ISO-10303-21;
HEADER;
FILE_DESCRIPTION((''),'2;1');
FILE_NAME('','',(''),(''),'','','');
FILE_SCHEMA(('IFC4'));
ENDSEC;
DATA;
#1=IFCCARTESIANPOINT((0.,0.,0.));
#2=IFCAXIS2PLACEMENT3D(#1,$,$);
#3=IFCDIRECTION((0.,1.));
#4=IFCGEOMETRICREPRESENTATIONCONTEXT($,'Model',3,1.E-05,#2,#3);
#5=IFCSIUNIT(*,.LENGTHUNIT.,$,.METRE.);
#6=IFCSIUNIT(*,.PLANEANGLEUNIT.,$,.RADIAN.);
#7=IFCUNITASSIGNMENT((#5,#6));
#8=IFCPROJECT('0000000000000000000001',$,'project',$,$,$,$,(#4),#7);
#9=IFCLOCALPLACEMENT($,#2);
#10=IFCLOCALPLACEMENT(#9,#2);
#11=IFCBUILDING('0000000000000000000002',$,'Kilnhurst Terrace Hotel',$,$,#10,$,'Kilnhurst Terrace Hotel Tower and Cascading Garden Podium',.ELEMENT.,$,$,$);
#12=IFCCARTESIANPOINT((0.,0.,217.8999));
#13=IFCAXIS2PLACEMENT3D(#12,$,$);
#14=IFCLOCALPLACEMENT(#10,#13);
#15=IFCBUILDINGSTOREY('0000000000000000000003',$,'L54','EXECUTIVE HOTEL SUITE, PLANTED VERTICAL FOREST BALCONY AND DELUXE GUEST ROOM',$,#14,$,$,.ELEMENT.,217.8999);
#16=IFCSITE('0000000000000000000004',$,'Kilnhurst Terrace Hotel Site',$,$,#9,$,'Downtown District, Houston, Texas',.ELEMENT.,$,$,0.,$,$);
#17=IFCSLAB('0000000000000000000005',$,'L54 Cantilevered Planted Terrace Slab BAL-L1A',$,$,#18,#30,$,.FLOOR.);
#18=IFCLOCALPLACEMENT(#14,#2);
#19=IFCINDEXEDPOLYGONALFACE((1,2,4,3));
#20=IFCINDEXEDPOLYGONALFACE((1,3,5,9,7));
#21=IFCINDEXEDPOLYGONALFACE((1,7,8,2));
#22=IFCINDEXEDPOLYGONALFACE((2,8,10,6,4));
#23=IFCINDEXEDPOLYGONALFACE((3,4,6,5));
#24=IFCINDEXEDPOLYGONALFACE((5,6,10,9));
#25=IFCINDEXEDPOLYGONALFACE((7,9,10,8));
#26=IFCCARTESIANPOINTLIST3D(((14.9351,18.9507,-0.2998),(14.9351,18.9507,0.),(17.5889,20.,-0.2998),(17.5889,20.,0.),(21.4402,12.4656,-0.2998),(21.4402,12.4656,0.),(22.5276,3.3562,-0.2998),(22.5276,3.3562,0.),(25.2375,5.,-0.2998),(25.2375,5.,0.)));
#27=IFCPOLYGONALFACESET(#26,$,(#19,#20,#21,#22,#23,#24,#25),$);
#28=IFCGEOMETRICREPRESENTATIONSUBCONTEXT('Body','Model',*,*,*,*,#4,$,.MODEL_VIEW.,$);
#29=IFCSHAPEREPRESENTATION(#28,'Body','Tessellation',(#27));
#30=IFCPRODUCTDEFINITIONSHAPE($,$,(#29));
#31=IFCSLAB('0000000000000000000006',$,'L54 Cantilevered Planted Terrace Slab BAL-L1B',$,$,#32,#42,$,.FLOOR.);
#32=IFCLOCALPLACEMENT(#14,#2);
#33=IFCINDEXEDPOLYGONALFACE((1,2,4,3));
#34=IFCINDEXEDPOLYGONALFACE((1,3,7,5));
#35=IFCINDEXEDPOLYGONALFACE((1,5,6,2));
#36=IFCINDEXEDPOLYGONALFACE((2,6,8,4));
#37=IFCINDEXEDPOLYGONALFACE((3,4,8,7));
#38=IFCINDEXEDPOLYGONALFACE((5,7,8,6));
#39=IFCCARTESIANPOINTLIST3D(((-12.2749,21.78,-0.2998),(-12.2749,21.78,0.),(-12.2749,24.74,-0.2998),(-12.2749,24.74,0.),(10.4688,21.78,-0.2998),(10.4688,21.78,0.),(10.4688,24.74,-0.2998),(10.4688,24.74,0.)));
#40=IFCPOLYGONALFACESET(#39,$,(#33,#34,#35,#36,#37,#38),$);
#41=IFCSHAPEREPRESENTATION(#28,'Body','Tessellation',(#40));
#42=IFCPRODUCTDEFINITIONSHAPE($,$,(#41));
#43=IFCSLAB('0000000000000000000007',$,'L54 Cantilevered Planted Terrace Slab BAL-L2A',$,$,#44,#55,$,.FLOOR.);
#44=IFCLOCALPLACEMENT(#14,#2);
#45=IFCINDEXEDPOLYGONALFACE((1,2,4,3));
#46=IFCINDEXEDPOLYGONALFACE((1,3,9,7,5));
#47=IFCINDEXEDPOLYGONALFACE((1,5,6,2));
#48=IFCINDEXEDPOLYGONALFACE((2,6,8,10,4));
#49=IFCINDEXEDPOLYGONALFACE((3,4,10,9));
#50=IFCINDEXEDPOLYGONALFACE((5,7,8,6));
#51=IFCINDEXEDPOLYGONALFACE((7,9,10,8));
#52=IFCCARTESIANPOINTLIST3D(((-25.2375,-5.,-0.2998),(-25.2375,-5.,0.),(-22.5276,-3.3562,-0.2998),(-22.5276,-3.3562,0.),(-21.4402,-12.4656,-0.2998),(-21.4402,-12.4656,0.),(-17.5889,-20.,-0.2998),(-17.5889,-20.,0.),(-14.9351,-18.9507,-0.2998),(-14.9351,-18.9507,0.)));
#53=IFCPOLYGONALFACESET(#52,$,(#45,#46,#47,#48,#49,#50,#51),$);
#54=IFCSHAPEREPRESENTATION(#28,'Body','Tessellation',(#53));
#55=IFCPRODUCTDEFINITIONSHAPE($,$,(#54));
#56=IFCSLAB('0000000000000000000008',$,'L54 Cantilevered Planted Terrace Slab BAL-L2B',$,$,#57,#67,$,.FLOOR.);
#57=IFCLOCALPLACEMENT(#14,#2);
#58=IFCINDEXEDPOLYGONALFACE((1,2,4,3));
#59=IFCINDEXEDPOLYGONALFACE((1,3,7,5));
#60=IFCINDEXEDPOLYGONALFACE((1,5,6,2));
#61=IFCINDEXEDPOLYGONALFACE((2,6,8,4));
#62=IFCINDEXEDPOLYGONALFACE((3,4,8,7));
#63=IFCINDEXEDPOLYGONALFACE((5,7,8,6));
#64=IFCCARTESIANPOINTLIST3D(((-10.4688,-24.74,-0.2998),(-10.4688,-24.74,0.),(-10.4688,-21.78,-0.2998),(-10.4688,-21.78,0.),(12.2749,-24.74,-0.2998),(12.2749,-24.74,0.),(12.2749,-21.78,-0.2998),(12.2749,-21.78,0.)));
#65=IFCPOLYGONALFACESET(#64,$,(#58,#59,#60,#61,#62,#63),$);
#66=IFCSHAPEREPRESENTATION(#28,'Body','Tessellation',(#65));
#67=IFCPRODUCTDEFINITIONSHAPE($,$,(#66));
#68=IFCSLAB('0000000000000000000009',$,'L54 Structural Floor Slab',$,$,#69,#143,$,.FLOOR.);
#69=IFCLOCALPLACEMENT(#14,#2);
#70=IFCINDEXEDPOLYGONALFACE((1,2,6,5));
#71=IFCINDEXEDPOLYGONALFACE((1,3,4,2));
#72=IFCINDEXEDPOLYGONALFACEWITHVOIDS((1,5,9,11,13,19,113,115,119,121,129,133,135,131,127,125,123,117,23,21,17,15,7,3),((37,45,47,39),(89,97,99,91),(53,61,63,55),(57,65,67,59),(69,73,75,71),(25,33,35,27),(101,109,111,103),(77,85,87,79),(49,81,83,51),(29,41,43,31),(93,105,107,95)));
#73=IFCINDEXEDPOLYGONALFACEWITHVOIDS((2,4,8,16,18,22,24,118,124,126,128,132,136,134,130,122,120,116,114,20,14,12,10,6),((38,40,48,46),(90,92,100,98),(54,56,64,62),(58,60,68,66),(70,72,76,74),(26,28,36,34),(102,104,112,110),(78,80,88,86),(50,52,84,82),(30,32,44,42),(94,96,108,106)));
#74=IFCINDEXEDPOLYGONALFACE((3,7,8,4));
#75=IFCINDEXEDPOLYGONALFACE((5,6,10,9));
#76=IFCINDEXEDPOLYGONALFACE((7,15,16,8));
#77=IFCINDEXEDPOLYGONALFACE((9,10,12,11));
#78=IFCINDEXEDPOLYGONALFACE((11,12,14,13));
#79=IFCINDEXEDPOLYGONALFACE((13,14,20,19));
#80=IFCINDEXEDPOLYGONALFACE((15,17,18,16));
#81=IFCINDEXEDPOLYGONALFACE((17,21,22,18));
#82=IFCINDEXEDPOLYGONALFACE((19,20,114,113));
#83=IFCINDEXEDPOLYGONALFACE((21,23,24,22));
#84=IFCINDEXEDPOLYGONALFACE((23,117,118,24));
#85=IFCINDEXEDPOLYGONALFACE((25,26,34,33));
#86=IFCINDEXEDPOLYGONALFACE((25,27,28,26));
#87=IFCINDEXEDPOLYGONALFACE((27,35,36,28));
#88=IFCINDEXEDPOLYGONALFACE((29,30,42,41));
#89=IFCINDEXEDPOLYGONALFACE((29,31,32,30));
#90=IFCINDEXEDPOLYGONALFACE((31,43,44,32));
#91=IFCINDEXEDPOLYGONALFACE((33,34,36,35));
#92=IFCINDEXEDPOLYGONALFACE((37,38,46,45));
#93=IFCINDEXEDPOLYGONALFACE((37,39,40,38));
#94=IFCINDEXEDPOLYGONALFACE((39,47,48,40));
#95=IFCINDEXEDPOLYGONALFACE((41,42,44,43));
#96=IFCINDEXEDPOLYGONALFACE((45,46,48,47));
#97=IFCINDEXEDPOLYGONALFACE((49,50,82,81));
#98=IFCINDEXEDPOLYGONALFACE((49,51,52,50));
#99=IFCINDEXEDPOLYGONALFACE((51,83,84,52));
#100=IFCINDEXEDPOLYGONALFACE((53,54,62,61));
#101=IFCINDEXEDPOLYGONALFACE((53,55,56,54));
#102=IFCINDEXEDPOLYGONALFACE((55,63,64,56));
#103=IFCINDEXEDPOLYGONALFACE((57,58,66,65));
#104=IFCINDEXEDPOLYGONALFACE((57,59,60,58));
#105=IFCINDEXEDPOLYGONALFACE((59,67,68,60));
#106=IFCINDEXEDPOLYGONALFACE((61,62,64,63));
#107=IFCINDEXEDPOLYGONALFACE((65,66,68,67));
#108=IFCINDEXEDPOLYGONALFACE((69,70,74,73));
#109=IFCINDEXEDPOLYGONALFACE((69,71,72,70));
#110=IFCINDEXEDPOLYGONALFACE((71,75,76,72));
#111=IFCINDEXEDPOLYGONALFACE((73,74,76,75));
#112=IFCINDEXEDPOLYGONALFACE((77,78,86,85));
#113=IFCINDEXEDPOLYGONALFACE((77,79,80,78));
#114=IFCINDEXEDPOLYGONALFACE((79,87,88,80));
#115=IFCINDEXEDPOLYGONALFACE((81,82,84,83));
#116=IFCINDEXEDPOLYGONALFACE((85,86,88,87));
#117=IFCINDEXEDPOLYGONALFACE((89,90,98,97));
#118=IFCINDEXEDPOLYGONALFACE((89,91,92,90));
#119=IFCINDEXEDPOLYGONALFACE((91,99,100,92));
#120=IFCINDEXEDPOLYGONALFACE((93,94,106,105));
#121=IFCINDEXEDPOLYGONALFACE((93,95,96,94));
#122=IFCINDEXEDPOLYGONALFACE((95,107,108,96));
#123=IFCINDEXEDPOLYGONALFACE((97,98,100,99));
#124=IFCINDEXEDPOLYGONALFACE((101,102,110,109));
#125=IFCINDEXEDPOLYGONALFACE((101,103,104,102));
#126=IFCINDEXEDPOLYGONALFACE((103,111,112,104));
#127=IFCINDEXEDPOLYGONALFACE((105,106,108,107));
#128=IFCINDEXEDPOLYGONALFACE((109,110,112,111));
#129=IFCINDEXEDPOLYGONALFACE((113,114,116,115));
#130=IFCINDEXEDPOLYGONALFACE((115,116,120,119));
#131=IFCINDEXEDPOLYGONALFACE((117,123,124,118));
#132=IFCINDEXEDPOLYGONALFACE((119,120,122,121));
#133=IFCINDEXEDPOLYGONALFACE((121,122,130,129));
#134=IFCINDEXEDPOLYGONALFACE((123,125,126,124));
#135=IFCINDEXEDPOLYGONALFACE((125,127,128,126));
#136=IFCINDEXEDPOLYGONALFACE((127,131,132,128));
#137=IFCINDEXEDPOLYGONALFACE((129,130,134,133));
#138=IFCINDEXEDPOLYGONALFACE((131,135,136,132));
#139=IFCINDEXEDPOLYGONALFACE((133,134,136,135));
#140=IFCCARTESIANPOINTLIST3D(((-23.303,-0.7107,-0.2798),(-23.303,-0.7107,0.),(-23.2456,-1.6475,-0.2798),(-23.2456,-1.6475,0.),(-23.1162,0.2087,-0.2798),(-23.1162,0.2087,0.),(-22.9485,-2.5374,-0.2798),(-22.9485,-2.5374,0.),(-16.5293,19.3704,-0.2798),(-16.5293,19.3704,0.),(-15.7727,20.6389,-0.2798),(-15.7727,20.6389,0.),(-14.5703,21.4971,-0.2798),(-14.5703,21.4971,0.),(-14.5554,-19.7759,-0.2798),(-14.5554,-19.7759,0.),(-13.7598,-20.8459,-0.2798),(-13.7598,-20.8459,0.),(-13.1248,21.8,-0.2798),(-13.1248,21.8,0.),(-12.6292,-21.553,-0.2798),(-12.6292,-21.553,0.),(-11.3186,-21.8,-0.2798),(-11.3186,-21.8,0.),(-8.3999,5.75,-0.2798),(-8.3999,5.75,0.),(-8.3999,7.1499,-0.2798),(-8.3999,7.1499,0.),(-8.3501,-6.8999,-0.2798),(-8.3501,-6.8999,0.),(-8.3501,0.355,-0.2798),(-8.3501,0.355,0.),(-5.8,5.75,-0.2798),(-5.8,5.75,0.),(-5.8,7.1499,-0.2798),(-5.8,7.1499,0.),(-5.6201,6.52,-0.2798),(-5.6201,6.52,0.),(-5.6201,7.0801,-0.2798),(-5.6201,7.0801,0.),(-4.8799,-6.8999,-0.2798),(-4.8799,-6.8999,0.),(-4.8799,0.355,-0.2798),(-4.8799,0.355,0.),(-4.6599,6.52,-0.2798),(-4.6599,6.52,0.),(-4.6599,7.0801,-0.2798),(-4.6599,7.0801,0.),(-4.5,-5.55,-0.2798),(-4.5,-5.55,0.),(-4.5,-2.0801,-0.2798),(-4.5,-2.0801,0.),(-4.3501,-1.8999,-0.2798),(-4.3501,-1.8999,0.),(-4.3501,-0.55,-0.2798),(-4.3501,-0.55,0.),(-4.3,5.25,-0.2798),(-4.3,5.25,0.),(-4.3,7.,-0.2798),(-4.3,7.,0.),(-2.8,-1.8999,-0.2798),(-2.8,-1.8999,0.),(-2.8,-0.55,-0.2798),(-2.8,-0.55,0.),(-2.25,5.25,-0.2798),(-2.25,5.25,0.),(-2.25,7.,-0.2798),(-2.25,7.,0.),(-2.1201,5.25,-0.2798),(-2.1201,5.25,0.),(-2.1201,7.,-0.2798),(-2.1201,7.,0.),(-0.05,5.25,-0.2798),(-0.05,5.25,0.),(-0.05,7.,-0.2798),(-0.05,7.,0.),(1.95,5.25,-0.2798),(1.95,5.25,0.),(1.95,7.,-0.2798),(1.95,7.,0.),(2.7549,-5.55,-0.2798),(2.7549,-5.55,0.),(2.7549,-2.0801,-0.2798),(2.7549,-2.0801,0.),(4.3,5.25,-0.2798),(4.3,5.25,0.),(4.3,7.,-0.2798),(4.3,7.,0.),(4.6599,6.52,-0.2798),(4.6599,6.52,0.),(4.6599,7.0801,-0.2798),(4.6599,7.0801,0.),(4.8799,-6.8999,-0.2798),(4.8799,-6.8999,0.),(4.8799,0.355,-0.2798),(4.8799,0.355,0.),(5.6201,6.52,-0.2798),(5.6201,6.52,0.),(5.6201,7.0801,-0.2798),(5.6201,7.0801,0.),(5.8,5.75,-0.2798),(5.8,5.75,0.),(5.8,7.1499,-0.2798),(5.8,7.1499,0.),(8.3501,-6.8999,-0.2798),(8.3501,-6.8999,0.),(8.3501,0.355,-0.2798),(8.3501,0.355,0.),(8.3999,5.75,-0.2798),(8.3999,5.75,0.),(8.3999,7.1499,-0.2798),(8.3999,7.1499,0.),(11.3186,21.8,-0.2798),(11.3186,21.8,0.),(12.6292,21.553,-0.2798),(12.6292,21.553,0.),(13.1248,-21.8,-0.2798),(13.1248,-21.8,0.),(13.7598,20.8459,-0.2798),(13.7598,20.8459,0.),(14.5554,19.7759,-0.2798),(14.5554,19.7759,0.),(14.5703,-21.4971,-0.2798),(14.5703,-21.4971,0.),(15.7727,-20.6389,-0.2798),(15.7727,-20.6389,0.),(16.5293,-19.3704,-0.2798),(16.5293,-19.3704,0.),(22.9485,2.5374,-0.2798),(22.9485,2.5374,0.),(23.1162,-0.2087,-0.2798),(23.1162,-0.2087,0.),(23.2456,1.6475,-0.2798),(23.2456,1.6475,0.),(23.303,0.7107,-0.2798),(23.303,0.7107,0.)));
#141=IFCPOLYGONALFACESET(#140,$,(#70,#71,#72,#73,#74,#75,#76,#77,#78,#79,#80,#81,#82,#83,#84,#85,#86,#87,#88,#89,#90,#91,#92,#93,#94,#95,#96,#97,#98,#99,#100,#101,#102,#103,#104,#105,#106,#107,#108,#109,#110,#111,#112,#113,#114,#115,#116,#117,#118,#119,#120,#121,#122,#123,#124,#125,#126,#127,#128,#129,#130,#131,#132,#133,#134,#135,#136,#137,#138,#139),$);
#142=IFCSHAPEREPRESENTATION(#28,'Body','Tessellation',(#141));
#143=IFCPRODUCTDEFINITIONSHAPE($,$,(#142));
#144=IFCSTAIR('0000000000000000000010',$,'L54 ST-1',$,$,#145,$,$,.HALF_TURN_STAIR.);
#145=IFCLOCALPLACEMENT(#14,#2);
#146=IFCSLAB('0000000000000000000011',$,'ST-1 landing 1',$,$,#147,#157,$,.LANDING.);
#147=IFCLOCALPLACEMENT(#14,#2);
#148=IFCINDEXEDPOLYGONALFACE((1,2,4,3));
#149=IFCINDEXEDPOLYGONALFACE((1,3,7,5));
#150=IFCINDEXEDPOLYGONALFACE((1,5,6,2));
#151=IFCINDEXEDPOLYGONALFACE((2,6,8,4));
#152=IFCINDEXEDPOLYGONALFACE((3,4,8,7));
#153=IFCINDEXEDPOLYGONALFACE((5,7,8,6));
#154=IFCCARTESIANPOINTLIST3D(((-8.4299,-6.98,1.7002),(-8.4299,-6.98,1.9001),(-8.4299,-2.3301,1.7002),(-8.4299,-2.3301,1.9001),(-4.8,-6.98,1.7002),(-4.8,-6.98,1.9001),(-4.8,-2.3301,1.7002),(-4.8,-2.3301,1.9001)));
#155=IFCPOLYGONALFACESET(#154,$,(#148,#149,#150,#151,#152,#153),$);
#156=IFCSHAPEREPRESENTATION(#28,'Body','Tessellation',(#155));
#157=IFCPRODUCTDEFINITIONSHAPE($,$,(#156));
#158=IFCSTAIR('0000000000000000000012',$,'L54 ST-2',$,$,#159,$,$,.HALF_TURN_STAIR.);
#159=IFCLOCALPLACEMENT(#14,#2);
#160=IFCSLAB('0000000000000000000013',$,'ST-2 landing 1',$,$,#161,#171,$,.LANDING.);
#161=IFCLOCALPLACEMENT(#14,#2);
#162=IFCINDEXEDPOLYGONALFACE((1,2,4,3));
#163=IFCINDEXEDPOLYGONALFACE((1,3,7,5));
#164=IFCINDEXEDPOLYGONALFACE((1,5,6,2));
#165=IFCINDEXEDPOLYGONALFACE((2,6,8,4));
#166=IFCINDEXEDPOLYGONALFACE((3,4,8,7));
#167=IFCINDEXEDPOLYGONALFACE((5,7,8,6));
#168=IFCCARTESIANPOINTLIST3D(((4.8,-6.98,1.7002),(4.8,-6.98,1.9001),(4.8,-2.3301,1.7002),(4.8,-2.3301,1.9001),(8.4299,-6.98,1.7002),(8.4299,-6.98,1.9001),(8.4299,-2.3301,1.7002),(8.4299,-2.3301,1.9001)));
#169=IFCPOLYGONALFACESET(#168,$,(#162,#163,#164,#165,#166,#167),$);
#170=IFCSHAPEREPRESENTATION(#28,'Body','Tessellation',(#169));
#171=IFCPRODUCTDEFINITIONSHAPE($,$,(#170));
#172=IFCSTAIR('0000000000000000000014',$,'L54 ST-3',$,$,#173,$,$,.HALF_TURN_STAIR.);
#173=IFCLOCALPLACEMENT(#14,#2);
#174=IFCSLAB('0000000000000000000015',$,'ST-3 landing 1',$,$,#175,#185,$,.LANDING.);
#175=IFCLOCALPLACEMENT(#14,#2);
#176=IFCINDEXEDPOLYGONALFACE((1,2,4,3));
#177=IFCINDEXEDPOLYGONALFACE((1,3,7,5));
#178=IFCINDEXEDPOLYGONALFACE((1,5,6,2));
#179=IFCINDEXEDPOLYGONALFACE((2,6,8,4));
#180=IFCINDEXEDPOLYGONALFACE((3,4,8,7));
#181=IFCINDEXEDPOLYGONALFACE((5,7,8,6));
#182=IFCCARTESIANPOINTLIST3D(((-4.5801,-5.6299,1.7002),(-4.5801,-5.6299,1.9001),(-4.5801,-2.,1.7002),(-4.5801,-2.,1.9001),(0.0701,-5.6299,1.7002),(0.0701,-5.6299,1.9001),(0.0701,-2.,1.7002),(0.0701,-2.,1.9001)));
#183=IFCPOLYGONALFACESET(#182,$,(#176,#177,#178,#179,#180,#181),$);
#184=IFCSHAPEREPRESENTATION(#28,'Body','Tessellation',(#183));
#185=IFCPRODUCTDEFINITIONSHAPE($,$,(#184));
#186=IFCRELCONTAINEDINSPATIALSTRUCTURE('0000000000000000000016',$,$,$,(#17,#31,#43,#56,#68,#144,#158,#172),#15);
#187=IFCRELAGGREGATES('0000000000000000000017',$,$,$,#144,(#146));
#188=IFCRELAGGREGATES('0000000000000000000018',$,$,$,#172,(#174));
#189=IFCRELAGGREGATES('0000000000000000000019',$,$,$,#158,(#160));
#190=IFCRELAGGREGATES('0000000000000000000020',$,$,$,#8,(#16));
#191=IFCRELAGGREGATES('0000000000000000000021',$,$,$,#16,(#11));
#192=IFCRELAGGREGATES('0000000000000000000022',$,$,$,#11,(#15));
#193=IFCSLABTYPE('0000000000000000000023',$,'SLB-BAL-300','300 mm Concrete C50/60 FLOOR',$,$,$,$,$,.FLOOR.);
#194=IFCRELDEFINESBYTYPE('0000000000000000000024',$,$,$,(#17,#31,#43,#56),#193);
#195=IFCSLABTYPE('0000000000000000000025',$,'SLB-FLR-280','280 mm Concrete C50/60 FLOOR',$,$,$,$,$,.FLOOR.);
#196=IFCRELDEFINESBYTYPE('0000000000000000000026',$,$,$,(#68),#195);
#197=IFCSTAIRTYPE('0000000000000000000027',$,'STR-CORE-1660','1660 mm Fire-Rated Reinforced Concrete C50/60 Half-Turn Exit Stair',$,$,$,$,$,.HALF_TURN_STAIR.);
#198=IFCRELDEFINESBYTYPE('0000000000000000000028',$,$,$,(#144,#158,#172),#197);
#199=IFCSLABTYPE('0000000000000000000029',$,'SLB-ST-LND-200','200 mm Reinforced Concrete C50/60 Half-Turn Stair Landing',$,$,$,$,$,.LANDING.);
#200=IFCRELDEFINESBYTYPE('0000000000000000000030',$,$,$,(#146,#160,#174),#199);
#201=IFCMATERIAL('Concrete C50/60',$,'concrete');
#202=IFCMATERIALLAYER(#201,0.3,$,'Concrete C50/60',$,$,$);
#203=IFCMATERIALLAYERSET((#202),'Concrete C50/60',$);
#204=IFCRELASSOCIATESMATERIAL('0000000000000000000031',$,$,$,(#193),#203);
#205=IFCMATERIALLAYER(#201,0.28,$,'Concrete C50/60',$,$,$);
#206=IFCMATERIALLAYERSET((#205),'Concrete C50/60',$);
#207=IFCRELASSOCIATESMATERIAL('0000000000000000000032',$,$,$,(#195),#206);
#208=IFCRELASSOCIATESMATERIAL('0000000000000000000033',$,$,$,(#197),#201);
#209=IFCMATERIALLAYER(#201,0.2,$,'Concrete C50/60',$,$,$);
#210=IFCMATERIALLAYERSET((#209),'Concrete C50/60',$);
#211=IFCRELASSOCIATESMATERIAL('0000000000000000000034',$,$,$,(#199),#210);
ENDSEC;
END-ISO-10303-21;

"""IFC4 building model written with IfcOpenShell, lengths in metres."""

from ifc_helpers import new_model, si_unit, direction, frame, origin, place, context, subcontext, project, spatial, polyline, outline, extrude, material, layer, layer_set, type_object, element, aggregate, save


model = new_model("IFC4")

# Units and contexts
model_context = context("Model", 3, precision=1e-05, world=origin(), true_north=direction((0.0, 1.0)))
body_context = subcontext(model_context, "Body", "Model", "MODEL_VIEW")
ifc_project = project(units=[si_unit("LENGTHUNIT", "METRE"), si_unit("PLANEANGLEUNIT", "RADIAN")], contexts=[model_context])

# Site, building, storey
site_placement = place(None, origin())
site = spatial("IfcSite", under=ifc_project, at=site_placement, Name="Kilnhurst Terrace Hotel Site", LongName="Downtown District, Houston, Texas", CompositionType="ELEMENT", RefElevation=0.0)
building_placement = place(site_placement, origin())
building = spatial("IfcBuilding", under=site, at=building_placement, Name="Kilnhurst Terrace Hotel", LongName="Kilnhurst Terrace Hotel Tower and Cascading Garden Podium", CompositionType="ELEMENT")
storey_placement = place(building_placement, frame((0.0, 0.0, 217.8999)))
storey = spatial("IfcBuildingStorey", under=building, at=storey_placement, Name="L54", Description="EXECUTIVE HOTEL SUITE, PLANTED VERTICAL FOREST BALCONY AND DELUXE GUEST ROOM", CompositionType="ELEMENT", Elevation=217.8999)

# Slabs
ifc_material_1 = material(Name="Concrete C50/60", Category="concrete")
ifc_layer_1 = layer(ifc_material_1, 0.3, Name="Concrete C50/60")
ifc_layer_set_1 = layer_set([ifc_layer_1], Name="Concrete C50/60")
slab_type_1 = type_object("IfcSlabType", Name="SLB-BAL-300", Description="300 mm Concrete C50/60 FLOOR", PredefinedType="FLOOR", material=ifc_layer_set_1)
slab_1_placement = place(storey_placement, frame((0.0, 0.0, -0.2998)))
element("IfcSlab", 1, at=slab_1_placement, inside=storey, type_object=slab_type_1, Name="L54 Cantilevered Planted Terrace Slab BAL-L1A", PredefinedType="FLOOR", context=body_context, shape_type="SweptSolid", body=[
    extrude(outline(polyline([(21.4402, 12.4656), (25.2375, 5.0), (22.5276, 3.3562), (14.9351, 18.9507), (17.5889, 20.0), (21.4402, 12.4656)])), origin(), (0.0, 0.0, 1.0), 0.2998),
])
slab_2_placement = place(storey_placement, frame((0.0, 0.0, -0.2998)))
element("IfcSlab", 2, at=slab_2_placement, inside=storey, type_object=slab_type_1, Name="L54 Cantilevered Planted Terrace Slab BAL-L1B", PredefinedType="FLOOR", context=body_context, shape_type="SweptSolid", body=[
    extrude(outline(polyline([(-12.2749, 21.78), (-12.2749, 24.74), (10.4688, 24.74), (10.4688, 21.78), (-12.2749, 21.78)])), origin(), (0.0, 0.0, 1.0), 0.2998),
])
slab_3_placement = place(storey_placement, frame((0.0, 0.0, -0.2998)))
element("IfcSlab", 3, at=slab_3_placement, inside=storey, type_object=slab_type_1, Name="L54 Cantilevered Planted Terrace Slab BAL-L2A", PredefinedType="FLOOR", context=body_context, shape_type="SweptSolid", body=[
    extrude(outline(polyline([(-25.2375, -5.0), (-22.5276, -3.3562), (-14.9351, -18.9507), (-17.5889, -20.0), (-21.4402, -12.4656), (-25.2375, -5.0)])), origin(), (0.0, 0.0, 1.0), 0.2998),
])
slab_4_placement = place(storey_placement, frame((0.0, 0.0, -0.2998)))
element("IfcSlab", 4, at=slab_4_placement, inside=storey, type_object=slab_type_1, Name="L54 Cantilevered Planted Terrace Slab BAL-L2B", PredefinedType="FLOOR", context=body_context, shape_type="SweptSolid", body=[
    extrude(outline(polyline([(12.2749, -21.78), (12.2749, -24.74), (-10.4688, -24.74), (-10.4688, -21.78), (12.2749, -21.78)])), origin(), (0.0, 0.0, 1.0), 0.2998),
])
ifc_layer_2 = layer(ifc_material_1, 0.28, Name="Concrete C50/60")
ifc_layer_set_2 = layer_set([ifc_layer_2], Name="Concrete C50/60")
slab_type_2 = type_object("IfcSlabType", Name="SLB-FLR-280", Description="280 mm Concrete C50/60 FLOOR", PredefinedType="FLOOR", material=ifc_layer_set_2)
slab_5_placement = place(storey_placement, frame((0.0, 0.0, -0.2798)))
element("IfcSlab", 5, at=slab_5_placement, inside=storey, type_object=slab_type_2, Name="L54 Structural Floor Slab", PredefinedType="FLOOR", context=body_context, shape_type="SweptSolid", body=[
    extrude(outline(polyline([(-14.5554, -19.7759), (-13.7598, -20.8459), (-12.6292, -21.553), (-11.3186, -21.8), (13.1248, -21.8), (14.5703, -21.4971), (15.7727, -20.6389), (16.5293, -19.3704), (23.1162, -0.2087), (23.303, 0.7107), (23.2456, 1.6475), (22.9485, 2.5374), (14.5554, 19.7759), (13.7598, 20.8459), (12.6292, 21.553), (11.3186, 21.8), (-13.1248, 21.8), (-14.5703, 21.4971), (-15.7727, 20.6389), (-16.5293, 19.3704), (-23.1162, 0.2087), (-23.303, -0.7107), (-23.2456, -1.6475), (-22.9485, -2.5374), (-14.5554, -19.7759)]), holes=[polyline([(-8.3501, 0.355), (-4.8799, 0.355), (-4.8799, -6.8999), (-8.3501, -6.8999), (-8.3501, 0.355)]), polyline([(-2.8, -1.8999), (-4.3501, -1.8999), (-4.3501, -0.55), (-2.8, -0.55), (-2.8, -1.8999)]), polyline([(-2.25, 5.25), (-4.3, 5.25), (-4.3, 7.0), (-2.25, 7.0), (-2.25, 5.25)]), polyline([(-2.1201, 5.25), (-2.1201, 7.0), (-0.05, 7.0), (-0.05, 5.25), (-2.1201, 5.25)]), polyline([(-8.3999, 5.75), (-8.3999, 7.1499), (-5.8, 7.1499), (-5.8, 5.75), (-8.3999, 5.75)]), polyline([(-4.6599, 6.52), (-5.6201, 6.52), (-5.6201, 7.0801), (-4.6599, 7.0801), (-4.6599, 6.52)]), polyline([(2.7549, -5.55), (-4.5, -5.55), (-4.5, -2.0801), (2.7549, -2.0801), (2.7549, -5.55)]), polyline([(8.3501, 0.355), (8.3501, -6.8999), (4.8799, -6.8999), (4.8799, 0.355), (8.3501, 0.355)]), polyline([(4.3, 5.25), (1.95, 5.25), (1.95, 7.0), (4.3, 7.0), (4.3, 5.25)]), polyline([(5.8, 5.75), (5.8, 7.1499), (8.3999, 7.1499), (8.3999, 5.75), (5.8, 5.75)]), polyline([(4.6599, 6.52), (4.6599, 7.0801), (5.6201, 7.0801), (5.6201, 6.52), (4.6599, 6.52)])]), origin(), (0.0, 0.0, 1.0), 0.2798),
])

# Stairs, slabs
stair_type = type_object("IfcStairType", Name="STR-CORE-1660", Description="1660 mm Fire-Rated Reinforced Concrete C50/60 Half-Turn Exit Stair", PredefinedType="HALF_TURN_STAIR", material=ifc_material_1)
stair_1_placement = place(storey_placement, origin())
stair_1 = element("IfcStair", 6, at=stair_1_placement, inside=storey, type_object=stair_type, Name="L54 ST-1", PredefinedType="HALF_TURN_STAIR")
ifc_layer_3 = layer(ifc_material_1, 0.2, Name="Concrete C50/60")
ifc_layer_set_3 = layer_set([ifc_layer_3], Name="Concrete C50/60")
slab_type_3 = type_object("IfcSlabType", Name="SLB-ST-LND-200", Description="200 mm Reinforced Concrete C50/60 Half-Turn Stair Landing", PredefinedType="LANDING", material=ifc_layer_set_3)
slab_6_placement = place(storey_placement, frame((0.0, 0.0, 1.7002)))
slab_6 = element("IfcSlab", 7, at=slab_6_placement, type_object=slab_type_3, Name="ST-1 landing 1", PredefinedType="LANDING", context=body_context, shape_type="SweptSolid", body=[
    extrude(outline(polyline([(-8.4299, -2.3301), (-4.8, -2.3301), (-4.8, -6.98), (-8.4299, -6.98), (-8.4299, -2.3301)])), origin(), (0.0, 0.0, 1.0), 0.2),
])
aggregate(stair_1, [slab_6])
stair_2_placement = place(storey_placement, origin())
stair_2 = element("IfcStair", 8, at=stair_2_placement, inside=storey, type_object=stair_type, Name="L54 ST-2", PredefinedType="HALF_TURN_STAIR")
slab_7_placement = place(storey_placement, frame((0.0, 0.0, 1.7002)))
slab_7 = element("IfcSlab", 9, at=slab_7_placement, type_object=slab_type_3, Name="ST-2 landing 1", PredefinedType="LANDING", context=body_context, shape_type="SweptSolid", body=[
    extrude(outline(polyline([(4.8, -2.3301), (8.4299, -2.3301), (8.4299, -6.98), (4.8, -6.98), (4.8, -2.3301)])), origin(), (0.0, 0.0, 1.0), 0.2),
])
stair_3_placement = place(storey_placement, origin())
stair_3 = element("IfcStair", 10, at=stair_3_placement, inside=storey, type_object=stair_type, Name="L54 ST-3", PredefinedType="HALF_TURN_STAIR")
slab_8_placement = place(storey_placement, frame((0.0, 0.0, 1.7002)))
slab_8 = element("IfcSlab", 11, at=slab_8_placement, type_object=slab_type_3, Name="ST-3 landing 1", PredefinedType="LANDING", context=body_context, shape_type="SweptSolid", body=[
    extrude(outline(polyline([(0.0701, -2.0), (0.0701, -5.6299), (-4.5801, -5.6299), (-4.5801, -2.0), (0.0701, -2.0)])), origin(), (0.0, 0.0, 1.0), 0.2),
])
aggregate(stair_3, [slab_8])

aggregate(stair_2, [slab_7])

save(model, "model.ifc")
